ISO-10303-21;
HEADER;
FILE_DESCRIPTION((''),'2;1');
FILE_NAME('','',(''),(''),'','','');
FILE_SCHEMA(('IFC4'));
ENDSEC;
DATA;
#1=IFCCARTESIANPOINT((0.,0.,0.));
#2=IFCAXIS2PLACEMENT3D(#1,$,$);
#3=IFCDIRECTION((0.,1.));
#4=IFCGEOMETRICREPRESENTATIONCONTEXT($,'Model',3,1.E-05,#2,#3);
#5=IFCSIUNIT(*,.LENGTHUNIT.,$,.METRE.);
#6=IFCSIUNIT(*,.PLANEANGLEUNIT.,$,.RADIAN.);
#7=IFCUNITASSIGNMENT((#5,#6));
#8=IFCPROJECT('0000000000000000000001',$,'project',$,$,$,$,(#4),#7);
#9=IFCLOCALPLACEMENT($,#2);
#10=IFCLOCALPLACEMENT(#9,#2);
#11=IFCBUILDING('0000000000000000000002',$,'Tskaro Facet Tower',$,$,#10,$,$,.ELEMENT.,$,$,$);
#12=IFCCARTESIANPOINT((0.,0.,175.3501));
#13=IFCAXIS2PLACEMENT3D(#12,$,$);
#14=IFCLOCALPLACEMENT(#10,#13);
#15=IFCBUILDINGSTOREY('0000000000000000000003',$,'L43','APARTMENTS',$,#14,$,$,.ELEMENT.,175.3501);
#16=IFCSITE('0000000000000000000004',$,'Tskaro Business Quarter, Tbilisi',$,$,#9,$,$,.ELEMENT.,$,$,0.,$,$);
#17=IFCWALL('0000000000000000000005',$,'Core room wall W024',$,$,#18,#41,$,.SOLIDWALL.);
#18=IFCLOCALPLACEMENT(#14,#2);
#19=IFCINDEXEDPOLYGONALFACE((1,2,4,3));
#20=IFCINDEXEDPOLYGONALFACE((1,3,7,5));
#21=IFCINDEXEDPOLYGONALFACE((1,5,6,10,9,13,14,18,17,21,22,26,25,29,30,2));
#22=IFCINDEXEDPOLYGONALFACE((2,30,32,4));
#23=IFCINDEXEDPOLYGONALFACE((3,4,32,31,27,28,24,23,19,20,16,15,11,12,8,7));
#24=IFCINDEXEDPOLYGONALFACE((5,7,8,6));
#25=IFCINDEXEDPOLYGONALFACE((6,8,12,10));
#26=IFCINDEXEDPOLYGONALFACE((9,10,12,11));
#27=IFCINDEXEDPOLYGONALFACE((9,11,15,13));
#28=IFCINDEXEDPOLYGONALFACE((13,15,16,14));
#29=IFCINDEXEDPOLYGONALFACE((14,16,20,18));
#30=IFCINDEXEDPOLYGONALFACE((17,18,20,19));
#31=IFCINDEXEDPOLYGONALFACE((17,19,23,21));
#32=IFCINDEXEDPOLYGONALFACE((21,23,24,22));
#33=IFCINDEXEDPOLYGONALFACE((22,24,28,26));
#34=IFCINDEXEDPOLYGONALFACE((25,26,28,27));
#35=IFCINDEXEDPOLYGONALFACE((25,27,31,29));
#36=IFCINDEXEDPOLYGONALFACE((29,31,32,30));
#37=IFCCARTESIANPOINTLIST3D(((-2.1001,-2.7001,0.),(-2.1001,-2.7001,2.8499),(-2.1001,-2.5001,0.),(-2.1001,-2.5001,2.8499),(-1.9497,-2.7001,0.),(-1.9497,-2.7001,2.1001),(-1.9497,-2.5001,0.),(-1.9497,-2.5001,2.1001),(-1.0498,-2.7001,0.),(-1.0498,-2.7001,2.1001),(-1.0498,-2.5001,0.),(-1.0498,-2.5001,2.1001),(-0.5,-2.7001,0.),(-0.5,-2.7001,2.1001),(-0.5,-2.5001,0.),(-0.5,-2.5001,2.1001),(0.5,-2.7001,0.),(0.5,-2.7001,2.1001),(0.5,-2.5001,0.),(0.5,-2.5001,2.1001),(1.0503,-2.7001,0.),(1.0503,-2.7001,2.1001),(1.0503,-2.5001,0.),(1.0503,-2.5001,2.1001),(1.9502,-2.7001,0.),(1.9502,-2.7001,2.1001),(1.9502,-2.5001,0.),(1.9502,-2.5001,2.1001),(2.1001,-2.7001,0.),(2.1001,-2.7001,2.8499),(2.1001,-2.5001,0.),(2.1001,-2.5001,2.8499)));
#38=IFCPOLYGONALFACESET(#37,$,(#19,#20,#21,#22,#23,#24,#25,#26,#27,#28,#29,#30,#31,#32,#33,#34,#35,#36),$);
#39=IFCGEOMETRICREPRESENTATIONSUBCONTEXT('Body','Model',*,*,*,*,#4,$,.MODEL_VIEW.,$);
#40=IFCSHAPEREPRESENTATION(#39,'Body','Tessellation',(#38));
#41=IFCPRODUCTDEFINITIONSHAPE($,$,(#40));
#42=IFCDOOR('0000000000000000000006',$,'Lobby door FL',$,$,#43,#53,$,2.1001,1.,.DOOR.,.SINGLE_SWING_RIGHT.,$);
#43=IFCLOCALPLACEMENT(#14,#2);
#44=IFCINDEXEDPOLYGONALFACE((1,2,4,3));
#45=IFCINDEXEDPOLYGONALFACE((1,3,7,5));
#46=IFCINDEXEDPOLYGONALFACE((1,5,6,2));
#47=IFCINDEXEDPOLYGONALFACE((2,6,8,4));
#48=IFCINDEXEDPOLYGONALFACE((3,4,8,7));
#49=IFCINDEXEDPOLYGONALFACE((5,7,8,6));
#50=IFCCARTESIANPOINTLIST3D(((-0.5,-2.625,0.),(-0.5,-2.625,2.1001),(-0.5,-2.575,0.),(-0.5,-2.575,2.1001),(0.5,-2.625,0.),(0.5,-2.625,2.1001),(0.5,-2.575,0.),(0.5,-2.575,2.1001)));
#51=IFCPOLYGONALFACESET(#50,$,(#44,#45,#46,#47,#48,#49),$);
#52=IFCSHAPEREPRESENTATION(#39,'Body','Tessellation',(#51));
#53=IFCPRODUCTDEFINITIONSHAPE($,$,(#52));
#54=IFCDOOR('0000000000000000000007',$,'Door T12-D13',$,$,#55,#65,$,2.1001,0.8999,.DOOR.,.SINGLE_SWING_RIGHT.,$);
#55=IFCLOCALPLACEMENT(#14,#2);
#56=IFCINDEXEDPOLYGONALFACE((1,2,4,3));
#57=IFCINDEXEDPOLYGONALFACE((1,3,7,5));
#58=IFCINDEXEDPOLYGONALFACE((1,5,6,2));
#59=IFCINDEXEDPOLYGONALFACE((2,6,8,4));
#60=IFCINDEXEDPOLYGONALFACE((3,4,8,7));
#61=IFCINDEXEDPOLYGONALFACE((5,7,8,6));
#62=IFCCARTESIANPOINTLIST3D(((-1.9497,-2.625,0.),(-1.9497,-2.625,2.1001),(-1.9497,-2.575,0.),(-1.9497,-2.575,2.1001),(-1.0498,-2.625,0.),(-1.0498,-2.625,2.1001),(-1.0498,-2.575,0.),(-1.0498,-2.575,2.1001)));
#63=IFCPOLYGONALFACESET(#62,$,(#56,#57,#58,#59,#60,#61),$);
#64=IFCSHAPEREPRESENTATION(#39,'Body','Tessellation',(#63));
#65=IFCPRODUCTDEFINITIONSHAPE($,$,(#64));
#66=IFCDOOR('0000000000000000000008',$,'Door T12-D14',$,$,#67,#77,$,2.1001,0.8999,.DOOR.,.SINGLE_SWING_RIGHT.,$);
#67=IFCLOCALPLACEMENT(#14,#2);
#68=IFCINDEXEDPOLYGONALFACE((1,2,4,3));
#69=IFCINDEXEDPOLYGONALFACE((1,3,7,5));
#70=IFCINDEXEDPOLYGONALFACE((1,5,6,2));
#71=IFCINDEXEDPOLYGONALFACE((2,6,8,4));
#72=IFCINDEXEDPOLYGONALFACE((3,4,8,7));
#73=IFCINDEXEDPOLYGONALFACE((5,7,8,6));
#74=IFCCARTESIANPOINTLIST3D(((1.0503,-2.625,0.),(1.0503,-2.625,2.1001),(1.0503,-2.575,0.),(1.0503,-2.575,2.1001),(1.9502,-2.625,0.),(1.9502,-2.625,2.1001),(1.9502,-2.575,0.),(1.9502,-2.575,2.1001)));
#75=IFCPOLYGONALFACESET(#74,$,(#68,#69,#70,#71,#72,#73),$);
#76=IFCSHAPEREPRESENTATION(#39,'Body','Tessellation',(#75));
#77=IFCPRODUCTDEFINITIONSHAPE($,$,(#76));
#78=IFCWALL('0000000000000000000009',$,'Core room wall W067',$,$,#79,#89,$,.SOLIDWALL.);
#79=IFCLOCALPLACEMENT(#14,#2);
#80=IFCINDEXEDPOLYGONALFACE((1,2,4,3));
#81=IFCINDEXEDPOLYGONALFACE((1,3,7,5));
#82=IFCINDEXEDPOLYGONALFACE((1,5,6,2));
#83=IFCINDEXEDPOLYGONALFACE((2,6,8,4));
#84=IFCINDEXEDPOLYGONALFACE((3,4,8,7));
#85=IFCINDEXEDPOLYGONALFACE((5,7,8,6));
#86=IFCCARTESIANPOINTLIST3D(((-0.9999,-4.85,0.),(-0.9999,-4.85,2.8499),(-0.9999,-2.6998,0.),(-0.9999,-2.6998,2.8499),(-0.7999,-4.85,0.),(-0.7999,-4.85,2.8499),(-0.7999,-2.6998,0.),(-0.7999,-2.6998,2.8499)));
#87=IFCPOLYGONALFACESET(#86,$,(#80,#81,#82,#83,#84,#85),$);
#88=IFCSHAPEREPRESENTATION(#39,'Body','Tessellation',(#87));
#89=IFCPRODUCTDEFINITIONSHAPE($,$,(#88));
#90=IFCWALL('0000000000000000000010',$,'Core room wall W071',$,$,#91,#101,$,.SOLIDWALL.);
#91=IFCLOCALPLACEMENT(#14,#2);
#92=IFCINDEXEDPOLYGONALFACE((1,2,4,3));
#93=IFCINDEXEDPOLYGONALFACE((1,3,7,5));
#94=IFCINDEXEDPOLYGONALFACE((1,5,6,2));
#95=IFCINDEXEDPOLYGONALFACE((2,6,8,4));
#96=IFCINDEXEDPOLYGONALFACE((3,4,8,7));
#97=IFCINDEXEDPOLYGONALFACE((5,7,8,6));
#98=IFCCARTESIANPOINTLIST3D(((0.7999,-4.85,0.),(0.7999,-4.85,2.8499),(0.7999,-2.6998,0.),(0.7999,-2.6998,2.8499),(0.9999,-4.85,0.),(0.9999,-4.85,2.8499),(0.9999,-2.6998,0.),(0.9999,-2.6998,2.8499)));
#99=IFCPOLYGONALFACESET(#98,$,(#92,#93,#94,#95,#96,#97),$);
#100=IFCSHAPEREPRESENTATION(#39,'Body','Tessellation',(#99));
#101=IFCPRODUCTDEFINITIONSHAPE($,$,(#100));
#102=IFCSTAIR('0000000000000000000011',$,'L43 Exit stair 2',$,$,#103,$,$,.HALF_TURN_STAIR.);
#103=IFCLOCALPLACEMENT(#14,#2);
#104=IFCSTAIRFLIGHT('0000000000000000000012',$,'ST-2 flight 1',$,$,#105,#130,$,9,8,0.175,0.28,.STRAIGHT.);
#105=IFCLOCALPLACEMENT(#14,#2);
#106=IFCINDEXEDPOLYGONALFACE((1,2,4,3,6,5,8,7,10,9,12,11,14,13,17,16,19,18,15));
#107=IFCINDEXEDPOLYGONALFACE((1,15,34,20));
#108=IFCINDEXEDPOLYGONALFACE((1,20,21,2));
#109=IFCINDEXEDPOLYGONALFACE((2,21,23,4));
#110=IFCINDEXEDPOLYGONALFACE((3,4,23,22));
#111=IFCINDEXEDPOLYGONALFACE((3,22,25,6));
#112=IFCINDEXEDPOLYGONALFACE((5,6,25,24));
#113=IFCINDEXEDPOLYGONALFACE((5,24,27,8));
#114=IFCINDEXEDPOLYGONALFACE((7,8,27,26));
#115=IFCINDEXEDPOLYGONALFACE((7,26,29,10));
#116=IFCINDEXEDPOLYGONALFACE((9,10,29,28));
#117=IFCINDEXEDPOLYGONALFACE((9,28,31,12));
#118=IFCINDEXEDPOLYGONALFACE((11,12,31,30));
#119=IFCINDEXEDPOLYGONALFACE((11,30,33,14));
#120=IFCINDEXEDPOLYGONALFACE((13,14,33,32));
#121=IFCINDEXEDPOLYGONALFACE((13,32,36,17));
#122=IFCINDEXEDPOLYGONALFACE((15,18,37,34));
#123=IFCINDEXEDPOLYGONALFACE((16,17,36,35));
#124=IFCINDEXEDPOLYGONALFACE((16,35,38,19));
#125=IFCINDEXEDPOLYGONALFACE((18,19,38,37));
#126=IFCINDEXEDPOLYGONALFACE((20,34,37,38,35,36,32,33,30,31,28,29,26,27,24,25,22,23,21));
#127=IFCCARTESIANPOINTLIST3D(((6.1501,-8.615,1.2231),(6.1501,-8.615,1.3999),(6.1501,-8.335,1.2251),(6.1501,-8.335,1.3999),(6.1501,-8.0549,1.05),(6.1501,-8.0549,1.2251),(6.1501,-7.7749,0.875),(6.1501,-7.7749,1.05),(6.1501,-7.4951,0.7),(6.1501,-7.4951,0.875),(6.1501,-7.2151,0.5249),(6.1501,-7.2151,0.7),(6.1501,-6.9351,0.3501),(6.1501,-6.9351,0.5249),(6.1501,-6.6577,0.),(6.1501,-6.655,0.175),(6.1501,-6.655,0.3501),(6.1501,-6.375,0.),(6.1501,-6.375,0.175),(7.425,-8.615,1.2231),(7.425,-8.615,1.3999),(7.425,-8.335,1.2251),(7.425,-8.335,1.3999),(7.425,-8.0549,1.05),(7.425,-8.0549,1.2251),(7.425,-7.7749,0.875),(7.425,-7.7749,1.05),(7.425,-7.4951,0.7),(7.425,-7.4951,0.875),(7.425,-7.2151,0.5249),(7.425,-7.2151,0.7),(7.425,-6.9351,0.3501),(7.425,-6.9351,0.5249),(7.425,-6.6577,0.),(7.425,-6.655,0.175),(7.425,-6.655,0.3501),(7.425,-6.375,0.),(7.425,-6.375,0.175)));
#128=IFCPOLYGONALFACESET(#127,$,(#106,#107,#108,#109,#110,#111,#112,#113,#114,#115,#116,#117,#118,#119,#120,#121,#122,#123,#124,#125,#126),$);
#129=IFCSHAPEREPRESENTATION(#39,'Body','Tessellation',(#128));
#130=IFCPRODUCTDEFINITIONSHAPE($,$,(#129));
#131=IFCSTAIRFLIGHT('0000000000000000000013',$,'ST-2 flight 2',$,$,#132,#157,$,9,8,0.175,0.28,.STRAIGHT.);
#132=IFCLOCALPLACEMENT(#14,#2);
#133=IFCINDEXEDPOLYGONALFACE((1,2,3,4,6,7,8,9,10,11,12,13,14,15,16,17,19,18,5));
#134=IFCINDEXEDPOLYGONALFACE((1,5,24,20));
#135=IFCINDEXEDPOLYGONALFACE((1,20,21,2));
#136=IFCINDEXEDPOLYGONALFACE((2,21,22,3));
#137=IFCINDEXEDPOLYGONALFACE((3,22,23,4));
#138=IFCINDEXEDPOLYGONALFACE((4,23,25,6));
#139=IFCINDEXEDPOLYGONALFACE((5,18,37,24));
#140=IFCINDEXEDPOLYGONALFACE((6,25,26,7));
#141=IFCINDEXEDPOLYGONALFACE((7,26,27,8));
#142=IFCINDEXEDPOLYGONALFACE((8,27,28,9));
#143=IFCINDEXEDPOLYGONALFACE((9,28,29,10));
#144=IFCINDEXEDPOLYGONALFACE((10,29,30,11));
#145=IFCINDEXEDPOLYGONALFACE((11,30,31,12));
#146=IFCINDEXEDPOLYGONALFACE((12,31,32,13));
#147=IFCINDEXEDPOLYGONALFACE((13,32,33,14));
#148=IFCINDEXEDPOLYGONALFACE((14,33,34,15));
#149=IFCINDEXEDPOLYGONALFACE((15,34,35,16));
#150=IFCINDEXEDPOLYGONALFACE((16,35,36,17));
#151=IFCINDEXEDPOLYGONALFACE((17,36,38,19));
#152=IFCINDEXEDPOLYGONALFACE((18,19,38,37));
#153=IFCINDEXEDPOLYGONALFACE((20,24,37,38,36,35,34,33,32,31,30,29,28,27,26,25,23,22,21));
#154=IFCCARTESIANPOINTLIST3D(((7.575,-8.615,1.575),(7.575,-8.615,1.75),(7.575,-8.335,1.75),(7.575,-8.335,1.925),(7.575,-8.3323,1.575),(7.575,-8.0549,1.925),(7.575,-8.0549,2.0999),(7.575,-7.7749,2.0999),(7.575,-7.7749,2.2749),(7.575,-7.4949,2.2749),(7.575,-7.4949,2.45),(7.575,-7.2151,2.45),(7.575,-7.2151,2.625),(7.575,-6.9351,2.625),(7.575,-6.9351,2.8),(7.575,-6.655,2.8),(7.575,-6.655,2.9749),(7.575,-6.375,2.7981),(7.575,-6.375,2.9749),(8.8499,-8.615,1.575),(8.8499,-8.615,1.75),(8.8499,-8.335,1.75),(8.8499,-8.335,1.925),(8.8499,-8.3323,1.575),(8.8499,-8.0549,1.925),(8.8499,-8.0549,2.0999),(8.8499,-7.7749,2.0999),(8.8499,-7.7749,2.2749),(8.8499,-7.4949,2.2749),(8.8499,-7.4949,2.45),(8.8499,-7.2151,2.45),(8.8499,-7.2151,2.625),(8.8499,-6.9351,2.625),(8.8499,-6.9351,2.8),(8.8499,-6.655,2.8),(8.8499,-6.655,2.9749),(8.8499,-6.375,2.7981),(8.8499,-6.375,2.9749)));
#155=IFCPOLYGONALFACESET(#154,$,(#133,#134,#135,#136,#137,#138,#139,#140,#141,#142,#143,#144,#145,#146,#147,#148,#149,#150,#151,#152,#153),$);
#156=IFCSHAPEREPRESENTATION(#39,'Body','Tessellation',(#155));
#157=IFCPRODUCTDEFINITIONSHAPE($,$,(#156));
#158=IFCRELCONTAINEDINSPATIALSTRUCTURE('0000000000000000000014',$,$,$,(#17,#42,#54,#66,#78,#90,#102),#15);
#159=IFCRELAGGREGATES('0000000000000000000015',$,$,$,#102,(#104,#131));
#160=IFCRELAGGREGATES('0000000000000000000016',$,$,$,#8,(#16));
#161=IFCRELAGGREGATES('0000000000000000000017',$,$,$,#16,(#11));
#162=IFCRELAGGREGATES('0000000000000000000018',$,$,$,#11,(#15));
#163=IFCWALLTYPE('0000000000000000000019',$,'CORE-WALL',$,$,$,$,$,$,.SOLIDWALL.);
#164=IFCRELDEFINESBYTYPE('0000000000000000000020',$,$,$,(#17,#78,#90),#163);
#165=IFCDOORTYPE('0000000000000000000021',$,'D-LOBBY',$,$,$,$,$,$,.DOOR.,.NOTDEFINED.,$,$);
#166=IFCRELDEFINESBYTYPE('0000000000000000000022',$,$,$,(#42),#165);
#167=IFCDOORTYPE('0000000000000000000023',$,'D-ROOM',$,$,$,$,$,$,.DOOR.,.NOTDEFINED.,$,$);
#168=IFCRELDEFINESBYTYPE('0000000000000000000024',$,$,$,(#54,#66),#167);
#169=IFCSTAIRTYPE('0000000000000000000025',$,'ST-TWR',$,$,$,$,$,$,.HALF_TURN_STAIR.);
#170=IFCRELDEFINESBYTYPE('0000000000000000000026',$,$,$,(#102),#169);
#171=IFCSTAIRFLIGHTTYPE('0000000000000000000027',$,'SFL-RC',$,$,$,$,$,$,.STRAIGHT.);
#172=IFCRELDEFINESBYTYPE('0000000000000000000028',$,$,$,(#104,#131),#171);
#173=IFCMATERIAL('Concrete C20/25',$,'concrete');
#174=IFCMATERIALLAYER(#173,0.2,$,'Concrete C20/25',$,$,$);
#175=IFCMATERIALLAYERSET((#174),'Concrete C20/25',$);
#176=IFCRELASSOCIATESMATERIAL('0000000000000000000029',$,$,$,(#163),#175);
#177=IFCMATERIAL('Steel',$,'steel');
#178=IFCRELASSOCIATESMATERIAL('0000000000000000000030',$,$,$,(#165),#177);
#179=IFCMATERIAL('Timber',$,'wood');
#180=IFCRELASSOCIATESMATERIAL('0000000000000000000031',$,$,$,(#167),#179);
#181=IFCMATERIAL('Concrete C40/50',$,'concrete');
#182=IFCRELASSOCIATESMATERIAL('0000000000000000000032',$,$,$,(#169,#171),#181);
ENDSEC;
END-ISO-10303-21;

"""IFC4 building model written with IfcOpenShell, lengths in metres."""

from ifc_helpers import new_model, si_unit, direction, frame, frame_2d, origin, place, context, subcontext, project, spatial, polyline, rectangle, outline, extrude, material, layer, layer_set, type_object, element, fill, aggregate, save


model = new_model("IFC4")

# Units and contexts
model_context = context("Model", 3, precision=1e-05, world=origin(), true_north=direction((0.0, 1.0)))
body_context = subcontext(model_context, "Body", "Model", "MODEL_VIEW")
ifc_project = project(units=[si_unit("LENGTHUNIT", "METRE"), si_unit("PLANEANGLEUNIT", "RADIAN")], contexts=[model_context])

# Site, building, storey
site_placement = place(None, origin())
site = spatial("IfcSite", under=ifc_project, at=site_placement, Name="Tskaro Business Quarter, Tbilisi", CompositionType="ELEMENT", RefElevation=0.0)
building_placement = place(site_placement, origin())
building = spatial("IfcBuilding", under=site, at=building_placement, Name="Tskaro Facet Tower", CompositionType="ELEMENT")
storey_placement = place(building_placement, frame((0.0, 0.0, 175.3501)))
storey = spatial("IfcBuildingStorey", under=building, at=storey_placement, Name="L43", Description="APARTMENTS", CompositionType="ELEMENT", Elevation=175.3501)

# Shared definitions
ifc_material_1 = material(Name="Steel", Category="steel")

# Shared definitions
ifc_material_2 = material(Name="Concrete C20/25", Category="concrete")
ifc_layer_1 = layer(ifc_material_2, 0.2, Name="Concrete C20/25")
ifc_layer_set_1 = layer_set([ifc_layer_1], Name="Concrete C20/25")
wall_type_1 = type_object("IfcWallType", Name="CORE-WALL", PredefinedType="SOLIDWALL", material=ifc_layer_set_1)

# Wall, openings, doors
wall_1_placement = place(storey_placement, frame((2.1001, -2.6001, 0.0), z_axis=(0.0, 0.0, 1.0), x_axis=(-1.0, 0.0, 0.0)))
wall_1 = element("IfcWall", 1, at=wall_1_placement, inside=storey, type_object=wall_type_1, Name="Core room wall W024", PredefinedType="SOLIDWALL", context=body_context, shape_type="SweptSolid", body=[
    extrude(rectangle(XDim=4.2002, YDim=0.2, at=frame_2d((2.1001, 0.0))), origin(), (0.0, 0.0, 1.0), 2.8499),
])
opening_1_placement = place(wall_1_placement, frame((1.6001, 0.0, 0.0)))
opening_1 = element("IfcOpeningElement", 2, at=opening_1_placement, cuts=wall_1, PredefinedType="OPENING", context=body_context, shape_type="SweptSolid", body=[
    extrude(rectangle(XDim=1.0, YDim=2.1001, at=frame_2d((0.5, 1.05))), frame((0.0, 0.1099, 0.0), z_axis=(0.0, -1.0, 0.0), x_axis=(1.0, 0.0, 0.0)), (0.0, 0.0, 1.0), 0.22),
])
opening_2_placement = place(wall_1_placement, frame((3.1499, 0.0, 0.0)))
opening_2 = element("IfcOpeningElement", 3, at=opening_2_placement, cuts=wall_1, PredefinedType="OPENING", context=body_context, shape_type="SweptSolid", body=[
    extrude(rectangle(XDim=0.8999, YDim=2.1001, at=frame_2d((0.45, 1.05))), frame((0.0, 0.1099, 0.0), z_axis=(0.0, -1.0, 0.0), x_axis=(1.0, 0.0, 0.0)), (0.0, 0.0, 1.0), 0.22),
])
opening_3_placement = place(wall_1_placement, frame((0.1499, 0.0, 0.0)))
opening_3 = element("IfcOpeningElement", 4, at=opening_3_placement, cuts=wall_1, PredefinedType="OPENING", context=body_context, shape_type="SweptSolid", body=[
    extrude(rectangle(XDim=0.8999, YDim=2.1001, at=frame_2d((0.45, 1.05))), frame((0.0, 0.1099, 0.0), z_axis=(0.0, -1.0, 0.0), x_axis=(1.0, 0.0, 0.0)), (0.0, 0.0, 1.0), 0.22),
])
door_type_1 = type_object("IfcDoorType", Name="D-LOBBY", OperationType="NOTDEFINED", PredefinedType="DOOR", material=ifc_material_1)
door_1_placement = place(opening_1_placement, origin())
door_1 = element("IfcDoor", 5, at=door_1_placement, inside=storey, type_object=door_type_1, Name="Lobby door FL", OperationType="SINGLE_SWING_RIGHT", OverallHeight=2.1001, OverallWidth=1.0, PredefinedType="DOOR", context=body_context, shape_type="SweptSolid", body=[
    extrude(rectangle(XDim=1.0, YDim=2.1001, at=frame_2d((0.5, 1.05))), frame((0.0, 0.0249, 0.0), z_axis=(0.0, -1.0, 0.0), x_axis=(1.0, 0.0, 0.0)), (0.0, 0.0, 1.0), 0.05),
])
fill(opening_1, door_1)
ifc_material_3 = material(Name="Timber", Category="wood")
door_type_2 = type_object("IfcDoorType", Name="D-ROOM", OperationType="NOTDEFINED", PredefinedType="DOOR", material=ifc_material_3)
door_2_placement = place(opening_2_placement, origin())
door_2 = element("IfcDoor", 6, at=door_2_placement, inside=storey, type_object=door_type_2, Name="Door T12-D13", OperationType="SINGLE_SWING_RIGHT", OverallHeight=2.1001, OverallWidth=0.8999, PredefinedType="DOOR", context=body_context, shape_type="SweptSolid", body=[
    extrude(rectangle(XDim=0.8999, YDim=2.1001, at=frame_2d((0.45, 1.05))), frame((0.0, 0.0249, 0.0), z_axis=(0.0, -1.0, 0.0), x_axis=(1.0, 0.0, 0.0)), (0.0, 0.0, 1.0), 0.05),
])
fill(opening_2, door_2)
door_3_placement = place(opening_3_placement, origin())
door_3 = element("IfcDoor", 7, at=door_3_placement, inside=storey, type_object=door_type_2, Name="Door T12-D14", OperationType="SINGLE_SWING_RIGHT", OverallHeight=2.1001, OverallWidth=0.8999, PredefinedType="DOOR", context=body_context, shape_type="SweptSolid", body=[
    extrude(rectangle(XDim=0.8999, YDim=2.1001, at=frame_2d((0.45, 1.05))), frame((0.0, 0.0249, 0.0), z_axis=(0.0, -1.0, 0.0), x_axis=(1.0, 0.0, 0.0)), (0.0, 0.0, 1.0), 0.05),
])
fill(opening_3, door_3)

# Walls
for number, where, z_axis, x_axis, name in (
    (8, (-0.8999, -4.8501, 0.0), (0.0, 0.0, 1.0), (0.0, 1.0, 0.0), "Core room wall W067"),
    (9, (0.8999, -4.8501, 0.0), (0.0, 0.0, 1.0), (0.0, 1.0, 0.0), "Core room wall W071"),
):
    element("IfcWall", number, at=place(storey_placement, frame(where, z_axis=z_axis, x_axis=x_axis)), inside=storey, type_object=wall_type_1, Name=name, PredefinedType="SOLIDWALL", context=body_context, shape_type="SweptSolid", body=[
        extrude(rectangle(XDim=2.1501, YDim=0.2, at=frame_2d((1.0752, 0.0))), origin(), (0.0, 0.0, 1.0), 2.8499),
    ])

# Stair, stair flights
ifc_material_4 = material(Name="Concrete C40/50", Category="concrete")
stair_type = type_object("IfcStairType", Name="ST-TWR", PredefinedType="HALF_TURN_STAIR", material=ifc_material_4)
stair_placement = place(storey_placement, origin())
stair = element("IfcStair", 10, at=stair_placement, inside=storey, type_object=stair_type, Name="L43 Exit stair 2", PredefinedType="HALF_TURN_STAIR")
stair_flight_type = type_object("IfcStairFlightType", Name="SFL-RC", PredefinedType="STRAIGHT", material=ifc_material_4)
stair_flight_1_placement = place(storey_placement, frame((6.7876, -6.375, 0.0), z_axis=(0.0, 0.0, 1.0), x_axis=(0.0, -1.0, 0.0)))
stair_flight_1 = element("IfcStairFlight", 11, at=stair_flight_1_placement, type_object=stair_flight_type, Name="ST-2 flight 1", NumberOfRisers=9, NumberOfTreads=8, PredefinedType="STRAIGHT", RiserHeight=0.175, TreadLength=0.28, context=body_context, shape_type="SweptSolid", body=[
    extrude(outline(polyline([(0.0, 0.0), (0.0, 0.175), (0.28, 0.175), (0.28, 0.3501), (0.5601, 0.3501), (0.5601, 0.5249), (0.8401, 0.5249), (0.8401, 0.7), (1.1201, 0.7), (1.1201, 0.875), (1.3999, 0.875), (1.3999, 1.05), (1.6799, 1.05), (1.6799, 1.2251), (1.96, 1.2251), (1.96, 1.3999), (2.24, 1.3999), (2.24, 1.575), (2.24, 1.2231), (0.2827, 0.0), (0.0, 0.0)])), frame((0.0, 0.6375, 0.0), z_axis=(0.0, -1.0, 0.0), x_axis=(1.0, 0.0, 0.0)), (0.0, 0.0, 1.0), 1.2749),
])
stair_flight_2_placement = place(storey_placement, frame((8.2124, -8.615, 1.575), z_axis=(0.0, 0.0, 1.0), x_axis=(0.0, 1.0, 0.0)))
stair_flight_2 = element("IfcStairFlight", 12, at=stair_flight_2_placement, type_object=stair_flight_type, Name="ST-2 flight 2", NumberOfRisers=9, NumberOfTreads=8, PredefinedType="STRAIGHT", RiserHeight=0.175, TreadLength=0.28, context=body_context, shape_type="SweptSolid", body=[
    extrude(outline(polyline([(0.0, 0.0), (0.0, 0.175), (0.28, 0.175), (0.28, 0.3501), (0.5601, 0.3501), (0.5601, 0.5249), (0.8401, 0.5249), (0.8401, 0.7), (1.1201, 0.7), (1.1201, 0.875), (1.3999, 0.875), (1.3999, 1.05), (1.6799, 1.05), (1.6799, 1.2251), (1.96, 1.2251), (1.96, 1.3999), (2.24, 1.3999), (2.24, 1.575), (2.24, 1.2231), (0.2827, 0.0), (0.0, 0.0)])), frame((0.0, 0.6375, 0.0), z_axis=(0.0, -1.0, 0.0), x_axis=(1.0, 0.0, 0.0)), (0.0, 0.0, 1.0), 1.2749),
])
aggregate(stair, [stair_flight_1, stair_flight_2])

save(model, "model.ifc")
